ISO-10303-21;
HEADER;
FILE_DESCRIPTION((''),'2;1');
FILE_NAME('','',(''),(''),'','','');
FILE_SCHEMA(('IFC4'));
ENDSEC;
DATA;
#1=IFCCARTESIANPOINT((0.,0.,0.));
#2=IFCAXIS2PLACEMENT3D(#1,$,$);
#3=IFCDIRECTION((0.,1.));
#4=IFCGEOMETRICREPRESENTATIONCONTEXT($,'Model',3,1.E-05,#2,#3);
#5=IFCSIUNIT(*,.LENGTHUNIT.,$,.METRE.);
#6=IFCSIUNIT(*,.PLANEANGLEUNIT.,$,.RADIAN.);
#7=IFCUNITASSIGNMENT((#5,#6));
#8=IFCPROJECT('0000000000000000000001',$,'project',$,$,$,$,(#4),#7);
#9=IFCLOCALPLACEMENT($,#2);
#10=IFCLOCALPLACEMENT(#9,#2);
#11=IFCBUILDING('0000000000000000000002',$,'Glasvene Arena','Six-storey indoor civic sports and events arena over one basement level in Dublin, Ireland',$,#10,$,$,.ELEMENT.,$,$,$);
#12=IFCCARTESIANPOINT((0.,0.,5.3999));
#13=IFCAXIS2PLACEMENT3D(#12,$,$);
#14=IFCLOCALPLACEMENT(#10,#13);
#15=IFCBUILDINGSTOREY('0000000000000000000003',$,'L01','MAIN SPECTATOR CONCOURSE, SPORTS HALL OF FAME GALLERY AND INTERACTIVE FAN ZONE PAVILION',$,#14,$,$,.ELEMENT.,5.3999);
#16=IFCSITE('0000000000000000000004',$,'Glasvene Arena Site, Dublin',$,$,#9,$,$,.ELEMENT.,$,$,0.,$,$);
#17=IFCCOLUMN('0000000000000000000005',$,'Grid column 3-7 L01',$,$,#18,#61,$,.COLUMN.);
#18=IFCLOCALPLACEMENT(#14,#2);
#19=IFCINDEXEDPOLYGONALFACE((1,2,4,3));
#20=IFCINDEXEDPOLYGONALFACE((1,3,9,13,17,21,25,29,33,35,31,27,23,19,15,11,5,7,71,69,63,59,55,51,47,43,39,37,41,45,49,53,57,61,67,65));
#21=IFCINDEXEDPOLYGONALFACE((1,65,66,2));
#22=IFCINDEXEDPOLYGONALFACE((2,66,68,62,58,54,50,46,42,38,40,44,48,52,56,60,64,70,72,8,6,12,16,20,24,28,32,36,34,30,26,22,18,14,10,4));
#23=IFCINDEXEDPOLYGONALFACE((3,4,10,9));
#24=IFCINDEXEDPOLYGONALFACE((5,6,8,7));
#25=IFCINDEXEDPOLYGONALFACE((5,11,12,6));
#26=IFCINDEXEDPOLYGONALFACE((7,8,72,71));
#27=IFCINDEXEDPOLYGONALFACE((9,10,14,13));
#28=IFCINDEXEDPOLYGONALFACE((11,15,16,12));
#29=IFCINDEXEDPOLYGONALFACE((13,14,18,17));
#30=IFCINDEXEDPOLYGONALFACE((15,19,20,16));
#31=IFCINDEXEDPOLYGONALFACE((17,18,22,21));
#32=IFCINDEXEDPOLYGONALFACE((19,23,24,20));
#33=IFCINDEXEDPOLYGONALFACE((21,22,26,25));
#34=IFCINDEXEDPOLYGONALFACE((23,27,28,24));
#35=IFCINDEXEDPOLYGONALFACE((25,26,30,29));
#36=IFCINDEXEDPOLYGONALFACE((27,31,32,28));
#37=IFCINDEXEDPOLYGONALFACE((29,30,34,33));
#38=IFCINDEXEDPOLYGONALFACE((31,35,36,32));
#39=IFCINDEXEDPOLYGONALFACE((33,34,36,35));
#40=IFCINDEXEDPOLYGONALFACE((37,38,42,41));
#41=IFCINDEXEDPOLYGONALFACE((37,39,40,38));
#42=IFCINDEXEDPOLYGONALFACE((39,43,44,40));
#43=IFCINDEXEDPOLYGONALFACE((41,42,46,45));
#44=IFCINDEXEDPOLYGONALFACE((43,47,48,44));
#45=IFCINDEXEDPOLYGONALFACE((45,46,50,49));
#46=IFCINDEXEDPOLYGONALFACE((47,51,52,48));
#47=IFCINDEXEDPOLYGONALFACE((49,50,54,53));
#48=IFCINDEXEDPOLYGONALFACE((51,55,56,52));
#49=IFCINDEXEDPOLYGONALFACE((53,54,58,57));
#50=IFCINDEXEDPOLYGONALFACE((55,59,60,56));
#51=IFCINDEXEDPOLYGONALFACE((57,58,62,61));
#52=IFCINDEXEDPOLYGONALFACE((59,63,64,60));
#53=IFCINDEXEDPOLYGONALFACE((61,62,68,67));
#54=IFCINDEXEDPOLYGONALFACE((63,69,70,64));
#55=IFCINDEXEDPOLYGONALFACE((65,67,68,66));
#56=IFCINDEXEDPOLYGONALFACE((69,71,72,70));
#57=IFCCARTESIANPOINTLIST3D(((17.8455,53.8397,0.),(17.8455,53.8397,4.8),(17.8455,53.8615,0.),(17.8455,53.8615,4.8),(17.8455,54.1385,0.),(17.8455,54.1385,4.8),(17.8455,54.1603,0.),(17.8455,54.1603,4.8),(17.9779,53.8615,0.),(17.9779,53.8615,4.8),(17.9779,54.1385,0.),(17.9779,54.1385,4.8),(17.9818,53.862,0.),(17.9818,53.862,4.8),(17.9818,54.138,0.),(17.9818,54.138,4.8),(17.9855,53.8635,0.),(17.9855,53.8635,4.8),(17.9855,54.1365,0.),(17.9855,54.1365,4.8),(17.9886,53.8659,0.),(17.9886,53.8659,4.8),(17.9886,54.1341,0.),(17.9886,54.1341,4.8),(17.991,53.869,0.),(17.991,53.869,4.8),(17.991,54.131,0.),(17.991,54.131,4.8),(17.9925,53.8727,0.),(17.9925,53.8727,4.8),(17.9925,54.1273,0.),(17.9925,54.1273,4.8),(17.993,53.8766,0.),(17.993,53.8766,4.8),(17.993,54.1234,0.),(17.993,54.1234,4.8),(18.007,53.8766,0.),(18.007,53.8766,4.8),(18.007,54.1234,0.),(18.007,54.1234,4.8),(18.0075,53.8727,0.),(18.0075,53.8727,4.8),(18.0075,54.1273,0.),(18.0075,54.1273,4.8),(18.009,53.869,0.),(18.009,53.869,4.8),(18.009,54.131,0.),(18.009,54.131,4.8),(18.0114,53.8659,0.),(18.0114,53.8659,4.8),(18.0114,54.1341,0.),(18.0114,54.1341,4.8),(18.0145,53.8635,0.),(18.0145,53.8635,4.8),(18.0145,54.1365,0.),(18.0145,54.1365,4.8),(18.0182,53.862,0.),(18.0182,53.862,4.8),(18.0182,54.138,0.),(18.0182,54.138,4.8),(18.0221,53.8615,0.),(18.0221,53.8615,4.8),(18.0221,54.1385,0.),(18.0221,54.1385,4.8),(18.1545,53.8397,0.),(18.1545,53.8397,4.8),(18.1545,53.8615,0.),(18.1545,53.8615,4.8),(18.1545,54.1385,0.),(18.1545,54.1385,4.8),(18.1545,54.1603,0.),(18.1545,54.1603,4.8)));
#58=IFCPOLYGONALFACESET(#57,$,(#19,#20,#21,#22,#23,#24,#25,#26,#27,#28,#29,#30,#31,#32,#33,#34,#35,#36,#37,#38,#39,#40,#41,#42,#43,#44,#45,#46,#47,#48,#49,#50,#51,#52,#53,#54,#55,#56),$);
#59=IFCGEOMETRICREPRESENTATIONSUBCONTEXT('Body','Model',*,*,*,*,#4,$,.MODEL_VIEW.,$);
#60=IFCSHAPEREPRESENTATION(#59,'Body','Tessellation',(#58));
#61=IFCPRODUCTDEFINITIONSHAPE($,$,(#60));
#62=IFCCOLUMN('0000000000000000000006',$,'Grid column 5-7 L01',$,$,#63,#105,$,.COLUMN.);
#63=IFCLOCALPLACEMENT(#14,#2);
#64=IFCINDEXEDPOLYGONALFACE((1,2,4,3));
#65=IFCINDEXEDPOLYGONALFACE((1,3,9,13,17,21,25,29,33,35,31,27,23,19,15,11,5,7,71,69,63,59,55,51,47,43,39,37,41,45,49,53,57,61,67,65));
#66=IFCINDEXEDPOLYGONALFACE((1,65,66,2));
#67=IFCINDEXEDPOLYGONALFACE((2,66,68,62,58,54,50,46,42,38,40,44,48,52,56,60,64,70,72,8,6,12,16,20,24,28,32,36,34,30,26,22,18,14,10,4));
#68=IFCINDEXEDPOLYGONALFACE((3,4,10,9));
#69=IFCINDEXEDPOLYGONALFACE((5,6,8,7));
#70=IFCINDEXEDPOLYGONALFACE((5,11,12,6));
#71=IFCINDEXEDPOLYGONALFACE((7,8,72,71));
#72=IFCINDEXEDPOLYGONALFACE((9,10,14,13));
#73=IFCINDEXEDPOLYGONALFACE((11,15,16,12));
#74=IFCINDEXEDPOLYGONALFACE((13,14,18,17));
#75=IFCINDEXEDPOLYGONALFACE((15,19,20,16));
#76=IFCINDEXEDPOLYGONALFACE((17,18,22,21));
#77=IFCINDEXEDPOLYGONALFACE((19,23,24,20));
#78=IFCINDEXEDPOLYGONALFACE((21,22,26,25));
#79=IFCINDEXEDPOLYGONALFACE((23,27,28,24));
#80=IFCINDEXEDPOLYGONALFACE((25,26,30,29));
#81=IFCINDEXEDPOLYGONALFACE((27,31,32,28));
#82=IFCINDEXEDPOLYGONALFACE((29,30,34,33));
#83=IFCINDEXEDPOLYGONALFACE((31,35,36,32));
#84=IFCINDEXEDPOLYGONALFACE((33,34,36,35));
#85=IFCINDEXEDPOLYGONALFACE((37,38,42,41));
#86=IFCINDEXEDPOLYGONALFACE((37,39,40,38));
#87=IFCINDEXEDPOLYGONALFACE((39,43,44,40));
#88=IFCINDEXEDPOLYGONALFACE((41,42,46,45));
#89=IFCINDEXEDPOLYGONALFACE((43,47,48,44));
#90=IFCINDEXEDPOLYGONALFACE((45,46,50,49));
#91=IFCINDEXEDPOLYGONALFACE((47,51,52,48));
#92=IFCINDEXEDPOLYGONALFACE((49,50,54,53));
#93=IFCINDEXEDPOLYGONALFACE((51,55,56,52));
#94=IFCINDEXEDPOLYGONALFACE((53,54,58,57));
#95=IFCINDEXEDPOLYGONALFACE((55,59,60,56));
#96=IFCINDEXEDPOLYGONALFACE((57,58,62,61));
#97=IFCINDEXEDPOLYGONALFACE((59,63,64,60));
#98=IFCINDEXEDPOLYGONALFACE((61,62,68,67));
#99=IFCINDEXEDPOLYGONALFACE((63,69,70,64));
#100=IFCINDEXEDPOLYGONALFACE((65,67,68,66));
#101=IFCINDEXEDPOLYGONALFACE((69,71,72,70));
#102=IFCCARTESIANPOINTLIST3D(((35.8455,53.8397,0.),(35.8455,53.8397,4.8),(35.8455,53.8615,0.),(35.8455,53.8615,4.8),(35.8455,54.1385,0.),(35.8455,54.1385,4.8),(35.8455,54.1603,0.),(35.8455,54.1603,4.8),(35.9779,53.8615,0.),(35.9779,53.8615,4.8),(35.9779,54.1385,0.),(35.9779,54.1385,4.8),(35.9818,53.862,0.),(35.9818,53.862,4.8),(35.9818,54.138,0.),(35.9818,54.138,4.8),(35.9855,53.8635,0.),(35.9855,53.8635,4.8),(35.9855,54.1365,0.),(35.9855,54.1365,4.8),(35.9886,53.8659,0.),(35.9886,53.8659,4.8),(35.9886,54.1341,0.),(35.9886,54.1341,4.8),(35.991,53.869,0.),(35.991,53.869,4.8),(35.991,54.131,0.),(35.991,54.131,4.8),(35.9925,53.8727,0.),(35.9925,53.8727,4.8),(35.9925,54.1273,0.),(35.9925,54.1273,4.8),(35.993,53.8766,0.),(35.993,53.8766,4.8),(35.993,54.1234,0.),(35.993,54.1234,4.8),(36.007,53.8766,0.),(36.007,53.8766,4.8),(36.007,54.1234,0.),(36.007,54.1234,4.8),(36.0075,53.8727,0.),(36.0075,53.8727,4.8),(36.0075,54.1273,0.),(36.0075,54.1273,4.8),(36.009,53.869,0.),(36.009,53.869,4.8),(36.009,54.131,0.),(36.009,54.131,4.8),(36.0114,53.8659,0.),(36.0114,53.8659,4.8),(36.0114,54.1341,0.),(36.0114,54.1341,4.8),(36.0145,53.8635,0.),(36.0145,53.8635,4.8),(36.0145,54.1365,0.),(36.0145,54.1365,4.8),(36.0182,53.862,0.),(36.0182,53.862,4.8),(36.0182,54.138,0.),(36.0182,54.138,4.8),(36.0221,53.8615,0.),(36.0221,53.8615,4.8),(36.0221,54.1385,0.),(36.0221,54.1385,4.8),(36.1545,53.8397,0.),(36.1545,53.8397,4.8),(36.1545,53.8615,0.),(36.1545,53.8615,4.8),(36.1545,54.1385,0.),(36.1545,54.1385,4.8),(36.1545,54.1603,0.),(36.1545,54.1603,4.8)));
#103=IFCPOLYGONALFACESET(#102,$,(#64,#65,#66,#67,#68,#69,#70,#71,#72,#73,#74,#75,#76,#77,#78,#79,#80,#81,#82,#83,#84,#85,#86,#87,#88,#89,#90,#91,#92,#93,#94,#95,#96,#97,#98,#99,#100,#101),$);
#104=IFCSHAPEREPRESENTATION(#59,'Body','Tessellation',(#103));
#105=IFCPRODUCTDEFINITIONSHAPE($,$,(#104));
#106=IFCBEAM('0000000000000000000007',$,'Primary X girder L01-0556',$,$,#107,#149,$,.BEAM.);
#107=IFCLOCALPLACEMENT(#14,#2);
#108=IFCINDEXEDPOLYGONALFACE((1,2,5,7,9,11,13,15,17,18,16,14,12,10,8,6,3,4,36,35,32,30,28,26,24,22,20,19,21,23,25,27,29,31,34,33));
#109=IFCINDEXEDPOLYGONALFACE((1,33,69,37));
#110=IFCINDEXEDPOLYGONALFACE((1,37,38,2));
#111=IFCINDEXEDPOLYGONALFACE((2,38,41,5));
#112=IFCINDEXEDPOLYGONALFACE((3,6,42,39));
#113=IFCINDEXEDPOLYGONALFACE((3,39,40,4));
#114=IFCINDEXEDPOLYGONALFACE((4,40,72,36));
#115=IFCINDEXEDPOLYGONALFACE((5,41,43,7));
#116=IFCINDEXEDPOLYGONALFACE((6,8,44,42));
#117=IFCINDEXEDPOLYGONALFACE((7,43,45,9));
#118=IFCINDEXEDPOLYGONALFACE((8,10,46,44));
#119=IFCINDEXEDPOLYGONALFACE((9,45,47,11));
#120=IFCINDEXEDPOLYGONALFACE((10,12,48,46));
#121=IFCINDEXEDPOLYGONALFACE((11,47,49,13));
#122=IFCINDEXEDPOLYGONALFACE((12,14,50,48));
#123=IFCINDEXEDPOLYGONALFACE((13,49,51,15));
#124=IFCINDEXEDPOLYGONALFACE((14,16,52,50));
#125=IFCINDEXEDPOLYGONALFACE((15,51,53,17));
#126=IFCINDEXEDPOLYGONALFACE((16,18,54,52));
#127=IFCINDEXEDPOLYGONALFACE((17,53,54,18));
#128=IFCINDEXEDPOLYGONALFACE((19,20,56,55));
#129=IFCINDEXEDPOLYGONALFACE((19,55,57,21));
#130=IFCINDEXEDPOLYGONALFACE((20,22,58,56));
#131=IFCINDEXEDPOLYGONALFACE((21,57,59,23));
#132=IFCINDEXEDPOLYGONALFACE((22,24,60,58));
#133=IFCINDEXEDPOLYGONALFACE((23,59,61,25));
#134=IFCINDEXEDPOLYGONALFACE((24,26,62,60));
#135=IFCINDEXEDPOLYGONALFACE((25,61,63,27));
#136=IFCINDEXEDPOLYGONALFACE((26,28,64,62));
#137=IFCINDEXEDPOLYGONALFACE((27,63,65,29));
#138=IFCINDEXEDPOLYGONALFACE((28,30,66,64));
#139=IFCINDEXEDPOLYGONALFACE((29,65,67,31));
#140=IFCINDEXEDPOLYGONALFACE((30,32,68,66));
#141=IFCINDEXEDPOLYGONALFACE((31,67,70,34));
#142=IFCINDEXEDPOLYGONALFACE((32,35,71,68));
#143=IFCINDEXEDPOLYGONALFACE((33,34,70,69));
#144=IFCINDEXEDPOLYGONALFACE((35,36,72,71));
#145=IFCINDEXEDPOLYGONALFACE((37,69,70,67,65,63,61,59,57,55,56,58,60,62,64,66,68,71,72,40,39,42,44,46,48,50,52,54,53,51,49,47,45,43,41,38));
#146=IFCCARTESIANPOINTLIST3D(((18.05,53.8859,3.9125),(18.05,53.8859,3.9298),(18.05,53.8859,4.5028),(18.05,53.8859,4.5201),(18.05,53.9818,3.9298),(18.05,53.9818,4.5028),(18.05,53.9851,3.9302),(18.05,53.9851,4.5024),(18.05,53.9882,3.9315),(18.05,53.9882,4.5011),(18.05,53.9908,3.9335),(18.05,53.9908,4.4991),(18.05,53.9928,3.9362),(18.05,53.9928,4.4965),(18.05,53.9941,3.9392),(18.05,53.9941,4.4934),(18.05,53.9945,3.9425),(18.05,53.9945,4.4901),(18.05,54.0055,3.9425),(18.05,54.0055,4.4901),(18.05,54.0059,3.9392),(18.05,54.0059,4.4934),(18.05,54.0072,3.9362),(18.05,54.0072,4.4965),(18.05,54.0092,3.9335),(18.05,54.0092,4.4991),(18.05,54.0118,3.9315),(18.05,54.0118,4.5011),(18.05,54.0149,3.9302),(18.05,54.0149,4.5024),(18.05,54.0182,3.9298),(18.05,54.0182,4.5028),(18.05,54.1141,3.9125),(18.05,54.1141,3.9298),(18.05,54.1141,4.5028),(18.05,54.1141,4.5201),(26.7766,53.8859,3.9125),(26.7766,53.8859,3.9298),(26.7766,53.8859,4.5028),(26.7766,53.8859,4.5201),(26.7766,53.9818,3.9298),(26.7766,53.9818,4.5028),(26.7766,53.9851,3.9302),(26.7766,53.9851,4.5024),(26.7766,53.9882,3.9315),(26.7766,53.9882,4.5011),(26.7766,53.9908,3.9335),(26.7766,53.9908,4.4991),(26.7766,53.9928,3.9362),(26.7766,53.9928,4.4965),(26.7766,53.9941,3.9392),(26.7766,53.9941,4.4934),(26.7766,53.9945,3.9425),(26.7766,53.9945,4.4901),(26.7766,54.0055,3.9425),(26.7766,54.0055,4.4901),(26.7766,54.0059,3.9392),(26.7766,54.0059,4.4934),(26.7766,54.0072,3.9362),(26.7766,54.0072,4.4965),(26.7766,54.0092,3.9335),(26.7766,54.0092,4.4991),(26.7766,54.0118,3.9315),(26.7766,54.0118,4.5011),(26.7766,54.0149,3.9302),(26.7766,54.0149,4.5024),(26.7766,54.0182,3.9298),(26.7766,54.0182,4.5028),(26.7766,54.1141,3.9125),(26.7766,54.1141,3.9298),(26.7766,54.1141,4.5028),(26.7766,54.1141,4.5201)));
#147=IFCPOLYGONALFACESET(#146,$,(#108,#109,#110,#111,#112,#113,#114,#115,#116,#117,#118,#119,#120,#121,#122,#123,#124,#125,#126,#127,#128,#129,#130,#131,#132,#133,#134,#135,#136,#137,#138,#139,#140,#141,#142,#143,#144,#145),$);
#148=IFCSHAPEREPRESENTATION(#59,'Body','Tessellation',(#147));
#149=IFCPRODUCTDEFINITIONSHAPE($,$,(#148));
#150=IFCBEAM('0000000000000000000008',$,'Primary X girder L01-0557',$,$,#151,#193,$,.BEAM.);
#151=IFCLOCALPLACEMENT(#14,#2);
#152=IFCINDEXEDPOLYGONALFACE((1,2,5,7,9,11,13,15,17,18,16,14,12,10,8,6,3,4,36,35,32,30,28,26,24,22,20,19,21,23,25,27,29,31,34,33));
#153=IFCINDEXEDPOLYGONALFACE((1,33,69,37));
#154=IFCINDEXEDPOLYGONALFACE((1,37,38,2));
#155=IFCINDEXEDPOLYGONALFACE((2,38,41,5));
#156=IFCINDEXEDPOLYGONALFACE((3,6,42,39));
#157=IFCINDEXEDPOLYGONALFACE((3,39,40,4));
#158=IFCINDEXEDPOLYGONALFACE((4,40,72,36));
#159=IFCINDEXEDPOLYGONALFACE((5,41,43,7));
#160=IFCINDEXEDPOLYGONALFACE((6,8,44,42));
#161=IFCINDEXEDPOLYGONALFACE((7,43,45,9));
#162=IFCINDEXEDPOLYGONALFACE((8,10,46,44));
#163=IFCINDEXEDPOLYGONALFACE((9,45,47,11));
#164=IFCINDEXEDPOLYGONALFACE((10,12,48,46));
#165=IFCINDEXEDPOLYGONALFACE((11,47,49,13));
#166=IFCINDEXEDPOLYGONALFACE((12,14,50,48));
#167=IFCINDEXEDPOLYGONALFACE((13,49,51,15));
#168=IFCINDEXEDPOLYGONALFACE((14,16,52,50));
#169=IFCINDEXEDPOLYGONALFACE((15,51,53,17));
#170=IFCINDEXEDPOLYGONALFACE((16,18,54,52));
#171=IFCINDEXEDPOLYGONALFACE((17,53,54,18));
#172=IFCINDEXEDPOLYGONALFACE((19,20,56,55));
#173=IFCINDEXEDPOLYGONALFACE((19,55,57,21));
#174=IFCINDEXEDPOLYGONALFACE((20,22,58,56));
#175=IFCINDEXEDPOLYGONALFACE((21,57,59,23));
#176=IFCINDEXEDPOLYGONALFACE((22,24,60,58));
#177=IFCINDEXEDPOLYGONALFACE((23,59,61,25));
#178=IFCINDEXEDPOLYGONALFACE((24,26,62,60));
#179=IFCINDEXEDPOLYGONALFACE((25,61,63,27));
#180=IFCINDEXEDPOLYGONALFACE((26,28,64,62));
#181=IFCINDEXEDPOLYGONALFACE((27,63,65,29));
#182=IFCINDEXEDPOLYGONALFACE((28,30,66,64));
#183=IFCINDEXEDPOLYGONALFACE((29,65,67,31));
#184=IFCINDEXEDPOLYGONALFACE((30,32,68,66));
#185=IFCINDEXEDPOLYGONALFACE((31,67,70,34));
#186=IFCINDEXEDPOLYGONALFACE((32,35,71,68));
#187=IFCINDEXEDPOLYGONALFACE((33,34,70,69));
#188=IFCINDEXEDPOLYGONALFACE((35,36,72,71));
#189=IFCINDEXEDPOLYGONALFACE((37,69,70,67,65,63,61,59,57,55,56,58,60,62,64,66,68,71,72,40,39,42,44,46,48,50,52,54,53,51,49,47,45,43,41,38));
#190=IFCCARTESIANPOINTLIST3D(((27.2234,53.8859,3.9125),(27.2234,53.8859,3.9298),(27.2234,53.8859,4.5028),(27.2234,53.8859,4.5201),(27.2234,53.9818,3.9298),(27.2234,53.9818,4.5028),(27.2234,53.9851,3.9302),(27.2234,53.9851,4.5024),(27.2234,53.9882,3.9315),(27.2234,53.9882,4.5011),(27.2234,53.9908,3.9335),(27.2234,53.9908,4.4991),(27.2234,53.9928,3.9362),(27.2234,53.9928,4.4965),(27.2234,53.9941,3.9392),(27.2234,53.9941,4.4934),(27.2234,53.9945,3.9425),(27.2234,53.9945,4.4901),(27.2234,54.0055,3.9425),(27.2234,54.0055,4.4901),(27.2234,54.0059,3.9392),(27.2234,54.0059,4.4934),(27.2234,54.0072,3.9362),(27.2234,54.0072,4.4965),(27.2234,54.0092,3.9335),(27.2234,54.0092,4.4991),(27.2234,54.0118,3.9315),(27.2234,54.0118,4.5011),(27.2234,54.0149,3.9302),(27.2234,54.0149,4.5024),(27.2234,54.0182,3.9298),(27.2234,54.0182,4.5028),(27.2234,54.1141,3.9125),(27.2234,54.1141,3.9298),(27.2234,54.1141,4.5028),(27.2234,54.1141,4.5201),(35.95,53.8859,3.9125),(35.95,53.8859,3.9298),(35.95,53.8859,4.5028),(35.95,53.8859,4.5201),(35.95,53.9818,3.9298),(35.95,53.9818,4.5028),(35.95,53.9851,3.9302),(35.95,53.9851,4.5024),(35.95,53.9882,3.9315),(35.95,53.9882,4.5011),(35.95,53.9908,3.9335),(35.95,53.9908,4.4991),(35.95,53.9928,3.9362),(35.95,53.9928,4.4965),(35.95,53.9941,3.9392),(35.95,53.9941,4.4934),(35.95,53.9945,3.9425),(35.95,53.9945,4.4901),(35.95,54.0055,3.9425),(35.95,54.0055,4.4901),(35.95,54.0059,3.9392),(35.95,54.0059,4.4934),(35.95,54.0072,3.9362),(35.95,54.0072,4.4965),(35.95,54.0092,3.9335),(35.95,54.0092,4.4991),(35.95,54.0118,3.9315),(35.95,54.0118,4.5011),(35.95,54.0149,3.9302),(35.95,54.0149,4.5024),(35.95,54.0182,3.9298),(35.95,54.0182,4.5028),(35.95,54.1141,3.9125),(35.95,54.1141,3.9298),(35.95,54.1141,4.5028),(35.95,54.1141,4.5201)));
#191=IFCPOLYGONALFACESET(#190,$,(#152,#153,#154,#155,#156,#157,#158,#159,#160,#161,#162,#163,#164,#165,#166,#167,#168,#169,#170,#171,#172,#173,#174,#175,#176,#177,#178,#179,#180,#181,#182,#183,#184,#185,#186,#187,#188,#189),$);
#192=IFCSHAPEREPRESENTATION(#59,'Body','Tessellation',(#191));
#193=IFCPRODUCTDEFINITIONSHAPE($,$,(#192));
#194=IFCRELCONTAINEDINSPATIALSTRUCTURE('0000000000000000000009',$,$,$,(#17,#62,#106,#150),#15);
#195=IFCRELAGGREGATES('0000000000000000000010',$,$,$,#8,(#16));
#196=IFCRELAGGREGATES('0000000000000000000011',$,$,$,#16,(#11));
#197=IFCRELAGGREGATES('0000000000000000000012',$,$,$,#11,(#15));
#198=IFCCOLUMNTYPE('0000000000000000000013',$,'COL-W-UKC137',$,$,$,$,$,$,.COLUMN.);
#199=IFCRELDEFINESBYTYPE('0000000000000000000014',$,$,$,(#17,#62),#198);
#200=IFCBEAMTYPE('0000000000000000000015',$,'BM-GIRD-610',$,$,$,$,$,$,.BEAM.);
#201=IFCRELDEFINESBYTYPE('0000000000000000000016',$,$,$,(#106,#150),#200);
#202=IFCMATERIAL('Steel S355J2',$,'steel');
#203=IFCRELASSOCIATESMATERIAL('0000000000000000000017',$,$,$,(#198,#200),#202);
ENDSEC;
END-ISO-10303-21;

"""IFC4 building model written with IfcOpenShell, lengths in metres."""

from ifc_helpers import new_model, si_unit, direction, frame, origin, origin_2d, place, context, subcontext, project, spatial, i_section, extrude, material, material_profile, profile_set, type_object, element, save


model = new_model("IFC4")

# Units and contexts
model_context = context("Model", 3, precision=1e-05, world=origin(), true_north=direction((0.0, 1.0)))
body_context = subcontext(model_context, "Body", "Model", "MODEL_VIEW")
ifc_project = project(units=[si_unit("LENGTHUNIT", "METRE"), si_unit("PLANEANGLEUNIT", "RADIAN")], contexts=[model_context])

# Site, building, storey
site_placement = place(None, origin())
site = spatial("IfcSite", under=ifc_project, at=site_placement, Name="Glasvene Arena Site, Dublin", CompositionType="ELEMENT", RefElevation=0.0)
building_placement = place(site_placement, origin())
building = spatial("IfcBuilding", under=site, at=building_placement, Name="Glasvene Arena", Description="Six-storey indoor civic sports and events arena over one basement level in Dublin, Ireland", CompositionType="ELEMENT")
storey_placement = place(building_placement, frame((0.0, 0.0, 5.3999)))
storey = spatial("IfcBuildingStorey", under=building, at=storey_placement, Name="L01", Description="MAIN SPECTATOR CONCOURSE, SPORTS HALL OF FAME GALLERY AND INTERACTIVE FAN ZONE PAVILION", CompositionType="ELEMENT", Elevation=5.3999)

# Columns
ifc_material_1 = material(Name="Steel S355J2", Category="steel")
ifc_material_profile_1 = material_profile(ifc_material_1, i_section(OverallWidth=0.3091, OverallDepth=0.3206, WebThickness=0.0139, FlangeThickness=0.0217, FilletRadius=0.0151, at=origin_2d()), Name="UKC 305x305x137")
ifc_profile_set_1 = profile_set([ifc_material_profile_1], Name="Steel S355J2")
column_type_1 = type_object("IfcColumnType", Name="COL-W-UKC137", PredefinedType="COLUMN", material=ifc_profile_set_1)
for number, where, z_axis, x_axis, name in (
    (1, (18.0, 54.0, 0.0), (0.0, 0.0, 1.0), (1.0, 0.0, 0.0), "Grid column 3-7 L01"),
    (2, (36.0, 54.0, 0.0), (0.0, 0.0, 1.0), (1.0, 0.0, 0.0), "Grid column 5-7 L01"),
):
    element("IfcColumn", number, at=place(storey_placement, frame(where, z_axis=z_axis, x_axis=x_axis)), inside=storey, type_object=column_type_1, Name=name, PredefinedType="COLUMN", context=body_context, shape_type="SweptSolid", body=[
        extrude(i_section(OverallWidth=0.3091, OverallDepth=0.3206, WebThickness=0.0139, FlangeThickness=0.0217, FilletRadius=0.0151, at=origin_2d()), origin(), (0.0, 0.0, 1.0), 4.8),
    ])

# Beams
ifc_material_profile_2 = material_profile(ifc_material_1, i_section(OverallWidth=0.2283, OverallDepth=0.6077, WebThickness=0.011, FlangeThickness=0.0173, FilletRadius=0.0127, at=origin_2d()), Name="UKB 610x229x113")
ifc_profile_set_2 = profile_set([ifc_material_profile_2], Name="Steel S355J2")
beam_type_1 = type_object("IfcBeamType", Name="BM-GIRD-610", PredefinedType="BEAM", material=ifc_profile_set_2)
for number, where, z_axis, x_axis, name in (
    (3, (18.05, 54.0, 4.2163), (1.0, 0.0, 0.0), (0.0, 1.0, 0.0), "Primary X girder L01-0556"),
    (4, (27.2234, 54.0, 4.2163), (1.0, 0.0, 0.0), (0.0, 1.0, 0.0), "Primary X girder L01-0557"),
):
    element("IfcBeam", number, at=place(storey_placement, frame(where, z_axis=z_axis, x_axis=x_axis)), inside=storey, type_object=beam_type_1, Name=name, PredefinedType="BEAM", context=body_context, shape_type="SweptSolid", body=[
        extrude(i_section(OverallWidth=0.2283, OverallDepth=0.6077, WebThickness=0.011, FlangeThickness=0.0173, FilletRadius=0.0127, at=origin_2d()), origin(), (0.0, 0.0, 1.0), 8.7266),
    ])

save(model, "model.ifc")
